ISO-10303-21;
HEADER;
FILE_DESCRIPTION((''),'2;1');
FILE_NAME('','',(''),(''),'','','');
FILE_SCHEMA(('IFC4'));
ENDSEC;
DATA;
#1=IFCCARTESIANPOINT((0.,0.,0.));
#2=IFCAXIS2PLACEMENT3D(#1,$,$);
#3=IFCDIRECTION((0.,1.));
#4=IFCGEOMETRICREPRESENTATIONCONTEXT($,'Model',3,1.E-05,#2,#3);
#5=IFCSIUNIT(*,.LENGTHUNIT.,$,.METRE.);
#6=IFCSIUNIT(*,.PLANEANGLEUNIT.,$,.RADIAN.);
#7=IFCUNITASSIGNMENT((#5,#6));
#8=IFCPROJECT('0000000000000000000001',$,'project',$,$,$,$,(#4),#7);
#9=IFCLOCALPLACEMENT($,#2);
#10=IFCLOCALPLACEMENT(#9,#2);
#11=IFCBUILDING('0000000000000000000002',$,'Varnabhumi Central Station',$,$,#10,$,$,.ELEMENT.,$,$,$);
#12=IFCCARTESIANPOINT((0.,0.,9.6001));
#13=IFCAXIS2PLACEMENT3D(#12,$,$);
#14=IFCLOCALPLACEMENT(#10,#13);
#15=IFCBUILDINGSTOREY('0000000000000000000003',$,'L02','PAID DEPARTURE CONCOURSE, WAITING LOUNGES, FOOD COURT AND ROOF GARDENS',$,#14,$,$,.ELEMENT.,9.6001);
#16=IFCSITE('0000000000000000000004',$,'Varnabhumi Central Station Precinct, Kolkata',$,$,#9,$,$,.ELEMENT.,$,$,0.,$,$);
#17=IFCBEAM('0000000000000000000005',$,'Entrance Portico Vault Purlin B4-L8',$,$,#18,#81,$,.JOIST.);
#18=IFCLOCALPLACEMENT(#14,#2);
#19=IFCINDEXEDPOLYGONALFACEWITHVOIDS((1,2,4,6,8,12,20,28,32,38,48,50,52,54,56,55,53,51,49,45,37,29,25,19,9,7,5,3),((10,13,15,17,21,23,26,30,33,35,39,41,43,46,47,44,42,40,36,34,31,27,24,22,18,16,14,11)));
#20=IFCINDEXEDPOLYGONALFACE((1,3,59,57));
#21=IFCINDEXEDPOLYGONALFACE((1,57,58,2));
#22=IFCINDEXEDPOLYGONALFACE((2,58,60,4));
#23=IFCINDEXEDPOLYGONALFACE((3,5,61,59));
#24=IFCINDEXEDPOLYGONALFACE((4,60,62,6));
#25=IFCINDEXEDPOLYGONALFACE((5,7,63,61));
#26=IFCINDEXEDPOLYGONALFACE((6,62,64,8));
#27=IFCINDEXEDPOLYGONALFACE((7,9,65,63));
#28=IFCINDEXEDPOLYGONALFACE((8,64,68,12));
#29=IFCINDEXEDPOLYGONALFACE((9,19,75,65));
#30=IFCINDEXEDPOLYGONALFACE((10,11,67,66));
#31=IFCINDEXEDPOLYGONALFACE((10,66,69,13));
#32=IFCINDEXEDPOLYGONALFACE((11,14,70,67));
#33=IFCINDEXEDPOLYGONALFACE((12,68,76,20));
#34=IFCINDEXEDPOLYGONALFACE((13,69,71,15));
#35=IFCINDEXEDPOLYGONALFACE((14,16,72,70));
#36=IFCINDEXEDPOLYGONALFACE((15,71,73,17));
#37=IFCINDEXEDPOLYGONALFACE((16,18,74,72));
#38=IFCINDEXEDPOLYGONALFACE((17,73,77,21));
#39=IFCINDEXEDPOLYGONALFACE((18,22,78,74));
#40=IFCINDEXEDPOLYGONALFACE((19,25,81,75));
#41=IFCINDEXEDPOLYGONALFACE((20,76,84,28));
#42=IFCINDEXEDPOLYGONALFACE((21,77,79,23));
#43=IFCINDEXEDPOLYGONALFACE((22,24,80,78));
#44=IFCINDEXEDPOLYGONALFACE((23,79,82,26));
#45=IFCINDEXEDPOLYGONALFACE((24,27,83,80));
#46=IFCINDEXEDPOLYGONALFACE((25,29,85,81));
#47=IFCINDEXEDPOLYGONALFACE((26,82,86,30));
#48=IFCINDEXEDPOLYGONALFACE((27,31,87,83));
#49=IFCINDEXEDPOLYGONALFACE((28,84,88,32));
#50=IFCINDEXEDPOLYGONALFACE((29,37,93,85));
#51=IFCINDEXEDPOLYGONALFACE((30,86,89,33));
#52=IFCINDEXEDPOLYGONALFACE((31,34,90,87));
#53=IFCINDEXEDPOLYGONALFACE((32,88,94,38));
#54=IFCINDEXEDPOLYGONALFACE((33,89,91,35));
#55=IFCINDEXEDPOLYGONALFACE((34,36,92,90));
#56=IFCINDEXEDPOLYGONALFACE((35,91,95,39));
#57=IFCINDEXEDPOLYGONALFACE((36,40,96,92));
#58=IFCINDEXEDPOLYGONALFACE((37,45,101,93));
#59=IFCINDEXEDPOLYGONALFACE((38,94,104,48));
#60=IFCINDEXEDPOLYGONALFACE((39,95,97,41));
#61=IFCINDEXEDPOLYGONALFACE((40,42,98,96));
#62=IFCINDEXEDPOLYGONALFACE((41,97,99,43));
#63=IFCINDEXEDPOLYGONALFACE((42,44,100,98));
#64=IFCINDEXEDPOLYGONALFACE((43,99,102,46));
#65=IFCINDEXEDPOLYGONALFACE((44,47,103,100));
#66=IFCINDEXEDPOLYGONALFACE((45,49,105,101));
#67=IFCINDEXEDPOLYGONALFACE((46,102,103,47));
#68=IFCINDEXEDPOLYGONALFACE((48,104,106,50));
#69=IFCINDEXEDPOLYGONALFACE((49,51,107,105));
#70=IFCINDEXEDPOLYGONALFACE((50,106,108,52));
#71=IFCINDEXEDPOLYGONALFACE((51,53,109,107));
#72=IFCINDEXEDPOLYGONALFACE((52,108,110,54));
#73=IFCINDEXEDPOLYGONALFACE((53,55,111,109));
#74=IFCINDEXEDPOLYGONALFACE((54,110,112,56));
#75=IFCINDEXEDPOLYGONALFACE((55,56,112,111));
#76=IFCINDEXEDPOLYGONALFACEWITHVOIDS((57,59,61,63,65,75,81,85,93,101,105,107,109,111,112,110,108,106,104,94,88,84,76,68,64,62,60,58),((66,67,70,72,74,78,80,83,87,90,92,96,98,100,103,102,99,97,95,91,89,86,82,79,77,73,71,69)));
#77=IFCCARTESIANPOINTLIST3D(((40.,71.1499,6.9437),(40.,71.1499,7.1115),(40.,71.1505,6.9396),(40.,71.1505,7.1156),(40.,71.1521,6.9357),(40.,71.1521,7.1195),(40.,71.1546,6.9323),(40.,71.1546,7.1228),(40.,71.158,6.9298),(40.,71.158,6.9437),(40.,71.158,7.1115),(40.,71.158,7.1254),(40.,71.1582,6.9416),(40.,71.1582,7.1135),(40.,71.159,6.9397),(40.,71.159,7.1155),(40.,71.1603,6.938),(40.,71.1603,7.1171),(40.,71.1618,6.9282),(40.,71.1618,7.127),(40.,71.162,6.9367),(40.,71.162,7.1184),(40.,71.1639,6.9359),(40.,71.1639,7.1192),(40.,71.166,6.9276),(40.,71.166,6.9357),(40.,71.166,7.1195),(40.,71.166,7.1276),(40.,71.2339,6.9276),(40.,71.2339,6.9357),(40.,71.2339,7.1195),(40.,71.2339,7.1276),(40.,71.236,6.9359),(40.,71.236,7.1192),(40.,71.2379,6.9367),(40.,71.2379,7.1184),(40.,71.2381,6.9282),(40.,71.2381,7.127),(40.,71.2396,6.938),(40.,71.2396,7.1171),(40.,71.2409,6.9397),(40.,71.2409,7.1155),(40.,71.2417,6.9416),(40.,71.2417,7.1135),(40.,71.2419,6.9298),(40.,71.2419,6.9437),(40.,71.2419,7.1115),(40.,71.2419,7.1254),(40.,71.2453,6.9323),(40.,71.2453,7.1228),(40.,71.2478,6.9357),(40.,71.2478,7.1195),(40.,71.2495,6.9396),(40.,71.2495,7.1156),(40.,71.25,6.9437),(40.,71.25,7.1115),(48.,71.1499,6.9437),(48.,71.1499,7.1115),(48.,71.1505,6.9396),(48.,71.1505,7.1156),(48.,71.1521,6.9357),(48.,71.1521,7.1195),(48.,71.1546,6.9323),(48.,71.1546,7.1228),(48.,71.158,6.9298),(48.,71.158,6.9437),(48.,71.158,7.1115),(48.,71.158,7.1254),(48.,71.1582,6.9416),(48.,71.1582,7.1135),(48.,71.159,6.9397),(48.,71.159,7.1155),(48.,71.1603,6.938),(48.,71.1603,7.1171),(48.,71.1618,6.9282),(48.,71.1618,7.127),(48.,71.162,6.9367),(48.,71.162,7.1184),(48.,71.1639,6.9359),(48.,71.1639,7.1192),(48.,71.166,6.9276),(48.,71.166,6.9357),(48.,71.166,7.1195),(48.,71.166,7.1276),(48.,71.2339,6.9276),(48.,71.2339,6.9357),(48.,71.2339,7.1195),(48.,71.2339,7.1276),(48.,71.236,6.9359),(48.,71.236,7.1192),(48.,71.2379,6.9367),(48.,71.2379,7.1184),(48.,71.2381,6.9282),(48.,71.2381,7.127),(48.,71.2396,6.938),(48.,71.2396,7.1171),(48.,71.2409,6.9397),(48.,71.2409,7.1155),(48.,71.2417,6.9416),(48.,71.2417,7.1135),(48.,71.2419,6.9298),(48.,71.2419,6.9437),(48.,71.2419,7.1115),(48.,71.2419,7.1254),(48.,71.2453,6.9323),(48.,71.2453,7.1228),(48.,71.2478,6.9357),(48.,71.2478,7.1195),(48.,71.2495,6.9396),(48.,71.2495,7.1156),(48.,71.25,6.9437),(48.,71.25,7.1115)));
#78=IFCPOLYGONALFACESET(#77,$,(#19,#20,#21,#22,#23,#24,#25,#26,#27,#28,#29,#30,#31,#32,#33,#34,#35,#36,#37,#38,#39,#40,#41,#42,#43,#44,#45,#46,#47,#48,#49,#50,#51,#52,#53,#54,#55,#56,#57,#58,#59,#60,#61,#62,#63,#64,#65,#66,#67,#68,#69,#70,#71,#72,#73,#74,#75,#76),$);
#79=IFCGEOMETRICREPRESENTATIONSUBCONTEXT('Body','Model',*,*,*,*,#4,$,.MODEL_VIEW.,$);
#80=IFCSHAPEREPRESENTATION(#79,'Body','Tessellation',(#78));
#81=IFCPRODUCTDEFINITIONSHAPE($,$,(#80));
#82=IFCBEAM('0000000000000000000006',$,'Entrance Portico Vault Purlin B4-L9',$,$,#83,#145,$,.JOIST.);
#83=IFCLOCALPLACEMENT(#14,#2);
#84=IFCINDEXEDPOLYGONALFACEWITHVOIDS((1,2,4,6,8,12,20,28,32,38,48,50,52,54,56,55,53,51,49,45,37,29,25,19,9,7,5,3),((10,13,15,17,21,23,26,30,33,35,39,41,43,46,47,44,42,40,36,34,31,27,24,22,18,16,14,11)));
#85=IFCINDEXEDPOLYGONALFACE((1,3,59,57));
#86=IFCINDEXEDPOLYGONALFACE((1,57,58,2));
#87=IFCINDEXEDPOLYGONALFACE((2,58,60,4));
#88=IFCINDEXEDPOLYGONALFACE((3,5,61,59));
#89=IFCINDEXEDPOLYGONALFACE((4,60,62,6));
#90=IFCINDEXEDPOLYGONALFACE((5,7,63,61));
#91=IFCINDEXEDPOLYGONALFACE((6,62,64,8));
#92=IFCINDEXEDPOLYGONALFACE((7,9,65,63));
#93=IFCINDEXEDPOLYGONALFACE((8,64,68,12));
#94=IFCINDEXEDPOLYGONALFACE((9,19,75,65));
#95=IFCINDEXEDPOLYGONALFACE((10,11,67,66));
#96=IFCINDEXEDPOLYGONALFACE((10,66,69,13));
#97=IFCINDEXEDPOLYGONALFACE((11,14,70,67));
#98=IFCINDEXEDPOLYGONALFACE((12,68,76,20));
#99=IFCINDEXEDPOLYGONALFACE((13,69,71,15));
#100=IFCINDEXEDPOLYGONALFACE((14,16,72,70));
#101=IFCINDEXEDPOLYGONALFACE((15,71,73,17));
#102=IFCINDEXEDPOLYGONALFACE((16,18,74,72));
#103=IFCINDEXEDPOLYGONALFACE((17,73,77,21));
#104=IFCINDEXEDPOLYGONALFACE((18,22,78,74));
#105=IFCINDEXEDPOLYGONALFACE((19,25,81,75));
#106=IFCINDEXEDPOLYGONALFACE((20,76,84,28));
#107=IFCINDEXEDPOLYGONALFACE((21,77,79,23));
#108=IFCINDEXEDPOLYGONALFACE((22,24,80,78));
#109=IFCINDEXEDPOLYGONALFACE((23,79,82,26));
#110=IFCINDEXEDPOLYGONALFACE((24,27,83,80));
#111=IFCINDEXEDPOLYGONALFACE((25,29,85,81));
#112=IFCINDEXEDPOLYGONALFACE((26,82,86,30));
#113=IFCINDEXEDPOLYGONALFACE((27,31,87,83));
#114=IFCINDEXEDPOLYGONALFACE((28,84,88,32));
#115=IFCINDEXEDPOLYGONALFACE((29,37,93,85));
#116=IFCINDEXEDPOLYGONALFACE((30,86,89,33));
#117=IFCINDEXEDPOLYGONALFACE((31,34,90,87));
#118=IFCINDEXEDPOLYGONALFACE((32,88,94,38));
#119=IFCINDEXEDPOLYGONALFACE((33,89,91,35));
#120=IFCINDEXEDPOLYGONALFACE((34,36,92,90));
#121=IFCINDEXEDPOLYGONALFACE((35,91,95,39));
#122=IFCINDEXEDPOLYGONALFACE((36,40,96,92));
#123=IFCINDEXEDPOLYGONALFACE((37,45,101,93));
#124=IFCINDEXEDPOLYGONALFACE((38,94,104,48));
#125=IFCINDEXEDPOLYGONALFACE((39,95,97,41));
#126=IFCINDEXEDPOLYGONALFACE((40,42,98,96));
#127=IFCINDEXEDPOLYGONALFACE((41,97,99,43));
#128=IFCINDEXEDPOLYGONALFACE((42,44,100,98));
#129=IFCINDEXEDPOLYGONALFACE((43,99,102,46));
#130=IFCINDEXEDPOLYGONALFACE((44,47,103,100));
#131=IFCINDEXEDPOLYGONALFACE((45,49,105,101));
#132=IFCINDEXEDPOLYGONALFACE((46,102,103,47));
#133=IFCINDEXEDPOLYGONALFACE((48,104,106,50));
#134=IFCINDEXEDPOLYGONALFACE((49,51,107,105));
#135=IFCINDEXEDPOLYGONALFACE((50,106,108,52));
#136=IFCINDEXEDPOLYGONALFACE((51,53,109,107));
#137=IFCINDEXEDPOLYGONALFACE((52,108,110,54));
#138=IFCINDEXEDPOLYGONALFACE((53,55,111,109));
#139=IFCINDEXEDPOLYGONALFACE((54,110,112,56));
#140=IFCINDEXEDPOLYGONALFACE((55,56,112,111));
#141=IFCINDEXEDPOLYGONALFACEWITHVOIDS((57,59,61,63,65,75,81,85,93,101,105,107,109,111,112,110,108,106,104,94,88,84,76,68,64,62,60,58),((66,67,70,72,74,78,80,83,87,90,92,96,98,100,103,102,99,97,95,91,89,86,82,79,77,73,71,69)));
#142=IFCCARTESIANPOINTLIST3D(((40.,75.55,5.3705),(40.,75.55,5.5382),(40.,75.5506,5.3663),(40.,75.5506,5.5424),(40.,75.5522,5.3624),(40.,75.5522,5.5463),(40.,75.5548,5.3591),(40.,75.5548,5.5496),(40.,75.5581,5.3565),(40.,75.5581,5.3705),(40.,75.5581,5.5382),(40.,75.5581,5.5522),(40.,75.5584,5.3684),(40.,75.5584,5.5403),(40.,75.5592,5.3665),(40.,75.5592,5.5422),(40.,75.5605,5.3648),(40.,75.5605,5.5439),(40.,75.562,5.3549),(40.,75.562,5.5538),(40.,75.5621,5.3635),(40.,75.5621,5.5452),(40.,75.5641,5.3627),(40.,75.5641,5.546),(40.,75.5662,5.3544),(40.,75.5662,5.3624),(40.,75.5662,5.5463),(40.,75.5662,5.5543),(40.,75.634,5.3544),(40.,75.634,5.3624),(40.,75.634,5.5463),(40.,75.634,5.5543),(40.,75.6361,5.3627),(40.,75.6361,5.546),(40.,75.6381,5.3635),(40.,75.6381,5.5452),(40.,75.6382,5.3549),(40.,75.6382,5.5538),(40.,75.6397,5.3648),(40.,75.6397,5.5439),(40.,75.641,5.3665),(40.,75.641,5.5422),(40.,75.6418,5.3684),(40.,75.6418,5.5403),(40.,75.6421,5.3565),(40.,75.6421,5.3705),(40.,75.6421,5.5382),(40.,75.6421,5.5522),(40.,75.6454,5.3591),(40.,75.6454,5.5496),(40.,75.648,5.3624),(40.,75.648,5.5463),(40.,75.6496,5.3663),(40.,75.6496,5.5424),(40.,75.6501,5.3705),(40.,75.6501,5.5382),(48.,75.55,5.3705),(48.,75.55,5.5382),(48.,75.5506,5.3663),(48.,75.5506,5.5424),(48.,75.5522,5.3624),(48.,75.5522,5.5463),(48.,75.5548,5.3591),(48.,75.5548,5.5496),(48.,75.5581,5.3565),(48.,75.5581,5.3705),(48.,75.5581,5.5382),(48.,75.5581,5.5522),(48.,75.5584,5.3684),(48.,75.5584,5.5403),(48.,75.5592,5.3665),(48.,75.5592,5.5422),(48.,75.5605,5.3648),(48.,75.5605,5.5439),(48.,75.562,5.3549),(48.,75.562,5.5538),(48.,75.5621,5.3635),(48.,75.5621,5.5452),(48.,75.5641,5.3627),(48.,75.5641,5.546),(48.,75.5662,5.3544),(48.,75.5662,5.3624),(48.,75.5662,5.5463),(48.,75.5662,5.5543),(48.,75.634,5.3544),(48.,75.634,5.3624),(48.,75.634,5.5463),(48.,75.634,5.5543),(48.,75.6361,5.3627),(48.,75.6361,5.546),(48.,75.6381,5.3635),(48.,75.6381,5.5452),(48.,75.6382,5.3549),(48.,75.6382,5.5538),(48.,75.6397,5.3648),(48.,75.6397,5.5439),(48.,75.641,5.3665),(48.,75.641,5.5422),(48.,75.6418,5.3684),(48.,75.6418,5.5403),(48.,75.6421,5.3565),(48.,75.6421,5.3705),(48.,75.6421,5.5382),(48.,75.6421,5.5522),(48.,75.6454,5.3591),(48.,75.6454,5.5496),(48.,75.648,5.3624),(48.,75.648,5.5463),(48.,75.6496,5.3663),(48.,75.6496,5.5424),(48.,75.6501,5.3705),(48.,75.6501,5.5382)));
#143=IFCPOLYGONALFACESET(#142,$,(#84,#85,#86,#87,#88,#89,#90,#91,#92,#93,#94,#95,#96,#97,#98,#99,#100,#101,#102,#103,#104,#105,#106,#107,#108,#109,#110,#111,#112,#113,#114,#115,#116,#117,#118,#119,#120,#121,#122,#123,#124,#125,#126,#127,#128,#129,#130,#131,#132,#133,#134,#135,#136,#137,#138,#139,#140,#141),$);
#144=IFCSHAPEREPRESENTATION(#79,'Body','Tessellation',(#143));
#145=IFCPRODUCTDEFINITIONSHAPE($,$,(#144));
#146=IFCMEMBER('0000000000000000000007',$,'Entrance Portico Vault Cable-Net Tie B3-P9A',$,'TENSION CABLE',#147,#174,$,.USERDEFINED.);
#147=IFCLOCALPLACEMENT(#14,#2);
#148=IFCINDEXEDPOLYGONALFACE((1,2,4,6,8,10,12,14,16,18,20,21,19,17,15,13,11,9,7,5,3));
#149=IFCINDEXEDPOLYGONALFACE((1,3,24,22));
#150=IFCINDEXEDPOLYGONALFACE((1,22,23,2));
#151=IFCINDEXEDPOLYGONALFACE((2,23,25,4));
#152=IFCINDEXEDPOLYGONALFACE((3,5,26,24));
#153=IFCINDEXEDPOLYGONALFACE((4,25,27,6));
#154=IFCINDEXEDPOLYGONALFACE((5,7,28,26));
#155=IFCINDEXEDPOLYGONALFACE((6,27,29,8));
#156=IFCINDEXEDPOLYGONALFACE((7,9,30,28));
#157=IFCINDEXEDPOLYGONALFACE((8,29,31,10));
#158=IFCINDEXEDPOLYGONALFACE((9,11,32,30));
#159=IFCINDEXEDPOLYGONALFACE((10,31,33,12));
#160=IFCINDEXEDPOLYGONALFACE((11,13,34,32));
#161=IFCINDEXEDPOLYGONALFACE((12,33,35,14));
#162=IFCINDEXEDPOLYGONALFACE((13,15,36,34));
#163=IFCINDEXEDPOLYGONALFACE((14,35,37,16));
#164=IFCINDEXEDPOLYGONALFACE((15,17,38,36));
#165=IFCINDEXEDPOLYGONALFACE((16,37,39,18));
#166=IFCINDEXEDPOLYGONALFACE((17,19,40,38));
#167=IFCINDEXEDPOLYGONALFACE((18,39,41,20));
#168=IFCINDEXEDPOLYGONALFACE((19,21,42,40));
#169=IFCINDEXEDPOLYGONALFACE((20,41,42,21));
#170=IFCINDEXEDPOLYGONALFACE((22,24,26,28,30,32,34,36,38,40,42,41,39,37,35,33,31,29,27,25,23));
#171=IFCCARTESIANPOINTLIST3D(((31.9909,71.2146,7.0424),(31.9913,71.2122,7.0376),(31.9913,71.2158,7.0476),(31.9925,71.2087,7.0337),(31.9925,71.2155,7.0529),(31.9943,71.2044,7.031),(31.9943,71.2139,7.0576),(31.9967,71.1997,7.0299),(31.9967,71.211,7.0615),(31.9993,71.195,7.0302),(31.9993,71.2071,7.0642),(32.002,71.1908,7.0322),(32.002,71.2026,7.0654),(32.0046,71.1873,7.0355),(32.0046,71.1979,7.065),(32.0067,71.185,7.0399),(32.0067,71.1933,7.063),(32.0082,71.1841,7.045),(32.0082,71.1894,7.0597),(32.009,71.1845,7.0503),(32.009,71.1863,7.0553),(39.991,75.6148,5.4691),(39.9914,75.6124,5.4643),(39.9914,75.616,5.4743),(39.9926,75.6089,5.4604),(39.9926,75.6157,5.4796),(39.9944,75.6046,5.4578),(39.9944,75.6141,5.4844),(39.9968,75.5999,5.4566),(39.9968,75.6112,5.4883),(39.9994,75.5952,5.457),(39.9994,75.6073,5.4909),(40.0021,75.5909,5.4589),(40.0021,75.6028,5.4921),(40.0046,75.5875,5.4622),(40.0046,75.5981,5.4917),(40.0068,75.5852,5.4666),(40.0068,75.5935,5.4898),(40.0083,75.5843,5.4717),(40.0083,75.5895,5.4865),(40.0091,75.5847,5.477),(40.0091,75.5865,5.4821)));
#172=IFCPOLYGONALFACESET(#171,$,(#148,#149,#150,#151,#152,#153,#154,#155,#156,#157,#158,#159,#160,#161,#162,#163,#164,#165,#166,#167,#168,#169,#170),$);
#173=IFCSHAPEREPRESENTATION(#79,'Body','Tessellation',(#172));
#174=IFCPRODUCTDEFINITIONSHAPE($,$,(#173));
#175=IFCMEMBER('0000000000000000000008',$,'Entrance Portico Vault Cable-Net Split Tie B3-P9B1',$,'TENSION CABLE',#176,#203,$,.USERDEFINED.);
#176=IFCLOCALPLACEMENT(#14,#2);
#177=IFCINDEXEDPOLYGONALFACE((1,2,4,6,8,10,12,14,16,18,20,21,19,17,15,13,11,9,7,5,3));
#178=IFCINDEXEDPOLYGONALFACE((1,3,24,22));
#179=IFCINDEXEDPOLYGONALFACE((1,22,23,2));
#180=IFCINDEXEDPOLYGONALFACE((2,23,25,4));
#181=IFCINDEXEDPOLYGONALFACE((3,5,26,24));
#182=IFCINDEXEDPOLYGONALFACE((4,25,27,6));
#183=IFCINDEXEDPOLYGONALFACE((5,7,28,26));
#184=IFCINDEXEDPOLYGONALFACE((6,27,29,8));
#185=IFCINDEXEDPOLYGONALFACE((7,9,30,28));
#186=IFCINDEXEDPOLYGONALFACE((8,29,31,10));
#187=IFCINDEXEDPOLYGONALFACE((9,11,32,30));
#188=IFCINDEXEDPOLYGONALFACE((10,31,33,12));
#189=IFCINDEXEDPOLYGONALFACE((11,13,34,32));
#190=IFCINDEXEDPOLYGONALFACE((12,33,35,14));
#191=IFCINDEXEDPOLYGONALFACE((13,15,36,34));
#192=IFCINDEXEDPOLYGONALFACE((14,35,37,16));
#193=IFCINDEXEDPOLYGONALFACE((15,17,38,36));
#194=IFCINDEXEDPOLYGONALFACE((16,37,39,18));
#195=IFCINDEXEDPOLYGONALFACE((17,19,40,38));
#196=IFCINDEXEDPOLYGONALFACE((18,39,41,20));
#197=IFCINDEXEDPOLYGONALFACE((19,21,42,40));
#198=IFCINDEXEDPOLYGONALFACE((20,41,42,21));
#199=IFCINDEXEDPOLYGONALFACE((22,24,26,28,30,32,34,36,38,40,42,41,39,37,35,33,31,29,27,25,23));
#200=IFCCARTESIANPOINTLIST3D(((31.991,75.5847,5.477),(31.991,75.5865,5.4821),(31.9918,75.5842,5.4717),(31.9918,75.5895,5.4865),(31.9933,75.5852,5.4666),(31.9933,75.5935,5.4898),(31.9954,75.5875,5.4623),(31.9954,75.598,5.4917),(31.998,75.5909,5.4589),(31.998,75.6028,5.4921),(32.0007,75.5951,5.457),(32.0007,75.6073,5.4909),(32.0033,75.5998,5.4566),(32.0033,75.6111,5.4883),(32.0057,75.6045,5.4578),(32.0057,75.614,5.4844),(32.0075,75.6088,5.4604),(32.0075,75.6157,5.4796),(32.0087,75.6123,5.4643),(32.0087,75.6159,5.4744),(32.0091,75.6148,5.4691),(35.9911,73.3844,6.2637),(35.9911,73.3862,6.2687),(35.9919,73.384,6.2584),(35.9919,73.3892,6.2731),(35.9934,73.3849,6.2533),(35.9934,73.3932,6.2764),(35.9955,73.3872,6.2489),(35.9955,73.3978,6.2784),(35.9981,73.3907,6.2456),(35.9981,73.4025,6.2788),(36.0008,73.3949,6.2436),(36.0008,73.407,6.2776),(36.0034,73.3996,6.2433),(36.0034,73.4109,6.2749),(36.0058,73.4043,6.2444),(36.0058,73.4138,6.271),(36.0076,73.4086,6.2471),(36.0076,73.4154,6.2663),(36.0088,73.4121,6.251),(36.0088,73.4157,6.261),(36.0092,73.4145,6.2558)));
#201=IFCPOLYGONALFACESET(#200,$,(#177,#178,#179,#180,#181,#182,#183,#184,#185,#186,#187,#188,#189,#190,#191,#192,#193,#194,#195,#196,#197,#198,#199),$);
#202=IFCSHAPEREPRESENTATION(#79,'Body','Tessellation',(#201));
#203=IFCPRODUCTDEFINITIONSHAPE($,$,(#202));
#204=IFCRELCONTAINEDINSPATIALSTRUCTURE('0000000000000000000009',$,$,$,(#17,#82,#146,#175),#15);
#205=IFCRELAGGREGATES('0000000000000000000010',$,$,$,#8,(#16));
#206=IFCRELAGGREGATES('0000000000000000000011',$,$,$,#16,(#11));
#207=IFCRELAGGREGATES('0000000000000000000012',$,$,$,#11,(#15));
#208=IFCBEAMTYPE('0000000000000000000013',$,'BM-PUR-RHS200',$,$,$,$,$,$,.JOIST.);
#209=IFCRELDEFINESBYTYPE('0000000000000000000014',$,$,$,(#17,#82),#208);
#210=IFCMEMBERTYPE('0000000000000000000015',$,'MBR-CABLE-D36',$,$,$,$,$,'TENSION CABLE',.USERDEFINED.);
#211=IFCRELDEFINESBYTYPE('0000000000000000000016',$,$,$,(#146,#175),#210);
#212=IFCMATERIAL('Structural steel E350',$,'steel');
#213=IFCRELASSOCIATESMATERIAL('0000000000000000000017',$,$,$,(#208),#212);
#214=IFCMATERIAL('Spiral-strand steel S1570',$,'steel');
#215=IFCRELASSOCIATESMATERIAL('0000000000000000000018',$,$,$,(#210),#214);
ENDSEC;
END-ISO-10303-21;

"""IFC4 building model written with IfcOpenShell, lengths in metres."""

from ifc_helpers import new_model, si_unit, direction, frame, origin, origin_2d, place, context, subcontext, project, spatial, hollow_rectangle, circle, extrude, material, material_profile, profile_set, type_object, element, save


model = new_model("IFC4")

# Units and contexts
model_context = context("Model", 3, precision=1e-05, world=origin(), true_north=direction((0.0, 1.0)))
body_context = subcontext(model_context, "Body", "Model", "MODEL_VIEW")
ifc_project = project(units=[si_unit("LENGTHUNIT", "METRE"), si_unit("PLANEANGLEUNIT", "RADIAN")], contexts=[model_context])

# Site, building, storey
site_placement = place(None, origin())
site = spatial("IfcSite", under=ifc_project, at=site_placement, Name="Varnabhumi Central Station Precinct, Kolkata", CompositionType="ELEMENT", RefElevation=0.0)
building_placement = place(site_placement, origin())
building = spatial("IfcBuilding", under=site, at=building_placement, Name="Varnabhumi Central Station", CompositionType="ELEMENT")
storey_placement = place(building_placement, frame((0.0, 0.0, 9.6001)))
storey = spatial("IfcBuildingStorey", under=building, at=storey_placement, Name="L02", Description="PAID DEPARTURE CONCOURSE, WAITING LOUNGES, FOOD COURT AND ROOF GARDENS", CompositionType="ELEMENT", Elevation=9.6001)

# Beams
ifc_material_1 = material(Name="Structural steel E350", Category="steel")
ifc_material_profile_1 = material_profile(ifc_material_1, hollow_rectangle(XDim=0.1001, YDim=0.2, WallThickness=0.0081, InnerFilletRadius=0.0081, OuterFilletRadius=0.0161, at=origin_2d()), Name="Structural steel E350", Category="steel")
ifc_profile_set_1 = profile_set([ifc_material_profile_1], Name="Structural steel E350")
beam_type_1 = type_object("IfcBeamType", Name="BM-PUR-RHS200", PredefinedType="JOIST", material=ifc_profile_set_1)
for number, where, z_axis, x_axis, name in (
    (1, (40.0, 71.2, 7.0276), (1.0, 0.0, 0.0), (0.0, 1.0, 0.0), "Entrance Portico Vault Purlin B4-L8"),
    (2, (40.0, 75.6001, 5.4543), (1.0, 0.0, 0.0), (0.0, 1.0, 0.0), "Entrance Portico Vault Purlin B4-L9"),
):
    element("IfcBeam", number, at=place(storey_placement, frame(where, z_axis=z_axis, x_axis=x_axis)), inside=storey, type_object=beam_type_1, Name=name, PredefinedType="JOIST", context=body_context, shape_type="SweptSolid", body=[
        extrude(hollow_rectangle(XDim=0.1001, YDim=0.2, WallThickness=0.0081, InnerFilletRadius=0.0081, OuterFilletRadius=0.0161, at=origin_2d()), origin(), (0.0, 0.0, 1.0), 8.0),
    ])

# Members
ifc_material_2 = material(Name="Spiral-strand steel S1570", Category="steel")
ifc_material_profile_2 = material_profile(ifc_material_2, circle(Radius=0.0181, at=origin_2d()), Name="Spiral-strand steel S1570", Category="steel")
ifc_profile_set_2 = profile_set([ifc_material_profile_2], Name="Spiral-strand steel S1570")
member_type = type_object("IfcMemberType", Name="MBR-CABLE-D36", ElementType="TENSION CABLE", PredefinedType="USERDEFINED", material=ifc_profile_set_2)
member_1_placement = place(storey_placement, frame((32.0, 71.2, 7.0476), z_axis=(0.863484, 0.474932, -0.169809), x_axis=(-0.481931, 0.876209, 0.0)))
element("IfcMember", 3, at=member_1_placement, inside=storey, type_object=member_type, Name="Entrance Portico Vault Cable-Net Tie B3-P9A", ObjectType="TENSION CABLE", PredefinedType="USERDEFINED", context=body_context, shape_type="SweptSolid", body=[
    extrude(circle(Radius=0.0181, at=origin_2d()), origin(), (0.0, 0.0, 1.0), 9.2649),
])
member_2_placement = place(storey_placement, frame((32.0, 75.6001, 5.4744), z_axis=(0.863473, -0.474952, 0.169807), x_axis=(0.481952, 0.876198, 0.0)))
element("IfcMember", 4, at=member_2_placement, inside=storey, type_object=member_type, Name="Entrance Portico Vault Cable-Net Split Tie B3-P9B1", ObjectType="TENSION CABLE", PredefinedType="USERDEFINED", context=body_context, shape_type="SweptSolid", body=[
    extrude(circle(Radius=0.0181, at=origin_2d()), origin(), (0.0, 0.0, 1.0), 4.6326),
])

save(model, "model.ifc")
